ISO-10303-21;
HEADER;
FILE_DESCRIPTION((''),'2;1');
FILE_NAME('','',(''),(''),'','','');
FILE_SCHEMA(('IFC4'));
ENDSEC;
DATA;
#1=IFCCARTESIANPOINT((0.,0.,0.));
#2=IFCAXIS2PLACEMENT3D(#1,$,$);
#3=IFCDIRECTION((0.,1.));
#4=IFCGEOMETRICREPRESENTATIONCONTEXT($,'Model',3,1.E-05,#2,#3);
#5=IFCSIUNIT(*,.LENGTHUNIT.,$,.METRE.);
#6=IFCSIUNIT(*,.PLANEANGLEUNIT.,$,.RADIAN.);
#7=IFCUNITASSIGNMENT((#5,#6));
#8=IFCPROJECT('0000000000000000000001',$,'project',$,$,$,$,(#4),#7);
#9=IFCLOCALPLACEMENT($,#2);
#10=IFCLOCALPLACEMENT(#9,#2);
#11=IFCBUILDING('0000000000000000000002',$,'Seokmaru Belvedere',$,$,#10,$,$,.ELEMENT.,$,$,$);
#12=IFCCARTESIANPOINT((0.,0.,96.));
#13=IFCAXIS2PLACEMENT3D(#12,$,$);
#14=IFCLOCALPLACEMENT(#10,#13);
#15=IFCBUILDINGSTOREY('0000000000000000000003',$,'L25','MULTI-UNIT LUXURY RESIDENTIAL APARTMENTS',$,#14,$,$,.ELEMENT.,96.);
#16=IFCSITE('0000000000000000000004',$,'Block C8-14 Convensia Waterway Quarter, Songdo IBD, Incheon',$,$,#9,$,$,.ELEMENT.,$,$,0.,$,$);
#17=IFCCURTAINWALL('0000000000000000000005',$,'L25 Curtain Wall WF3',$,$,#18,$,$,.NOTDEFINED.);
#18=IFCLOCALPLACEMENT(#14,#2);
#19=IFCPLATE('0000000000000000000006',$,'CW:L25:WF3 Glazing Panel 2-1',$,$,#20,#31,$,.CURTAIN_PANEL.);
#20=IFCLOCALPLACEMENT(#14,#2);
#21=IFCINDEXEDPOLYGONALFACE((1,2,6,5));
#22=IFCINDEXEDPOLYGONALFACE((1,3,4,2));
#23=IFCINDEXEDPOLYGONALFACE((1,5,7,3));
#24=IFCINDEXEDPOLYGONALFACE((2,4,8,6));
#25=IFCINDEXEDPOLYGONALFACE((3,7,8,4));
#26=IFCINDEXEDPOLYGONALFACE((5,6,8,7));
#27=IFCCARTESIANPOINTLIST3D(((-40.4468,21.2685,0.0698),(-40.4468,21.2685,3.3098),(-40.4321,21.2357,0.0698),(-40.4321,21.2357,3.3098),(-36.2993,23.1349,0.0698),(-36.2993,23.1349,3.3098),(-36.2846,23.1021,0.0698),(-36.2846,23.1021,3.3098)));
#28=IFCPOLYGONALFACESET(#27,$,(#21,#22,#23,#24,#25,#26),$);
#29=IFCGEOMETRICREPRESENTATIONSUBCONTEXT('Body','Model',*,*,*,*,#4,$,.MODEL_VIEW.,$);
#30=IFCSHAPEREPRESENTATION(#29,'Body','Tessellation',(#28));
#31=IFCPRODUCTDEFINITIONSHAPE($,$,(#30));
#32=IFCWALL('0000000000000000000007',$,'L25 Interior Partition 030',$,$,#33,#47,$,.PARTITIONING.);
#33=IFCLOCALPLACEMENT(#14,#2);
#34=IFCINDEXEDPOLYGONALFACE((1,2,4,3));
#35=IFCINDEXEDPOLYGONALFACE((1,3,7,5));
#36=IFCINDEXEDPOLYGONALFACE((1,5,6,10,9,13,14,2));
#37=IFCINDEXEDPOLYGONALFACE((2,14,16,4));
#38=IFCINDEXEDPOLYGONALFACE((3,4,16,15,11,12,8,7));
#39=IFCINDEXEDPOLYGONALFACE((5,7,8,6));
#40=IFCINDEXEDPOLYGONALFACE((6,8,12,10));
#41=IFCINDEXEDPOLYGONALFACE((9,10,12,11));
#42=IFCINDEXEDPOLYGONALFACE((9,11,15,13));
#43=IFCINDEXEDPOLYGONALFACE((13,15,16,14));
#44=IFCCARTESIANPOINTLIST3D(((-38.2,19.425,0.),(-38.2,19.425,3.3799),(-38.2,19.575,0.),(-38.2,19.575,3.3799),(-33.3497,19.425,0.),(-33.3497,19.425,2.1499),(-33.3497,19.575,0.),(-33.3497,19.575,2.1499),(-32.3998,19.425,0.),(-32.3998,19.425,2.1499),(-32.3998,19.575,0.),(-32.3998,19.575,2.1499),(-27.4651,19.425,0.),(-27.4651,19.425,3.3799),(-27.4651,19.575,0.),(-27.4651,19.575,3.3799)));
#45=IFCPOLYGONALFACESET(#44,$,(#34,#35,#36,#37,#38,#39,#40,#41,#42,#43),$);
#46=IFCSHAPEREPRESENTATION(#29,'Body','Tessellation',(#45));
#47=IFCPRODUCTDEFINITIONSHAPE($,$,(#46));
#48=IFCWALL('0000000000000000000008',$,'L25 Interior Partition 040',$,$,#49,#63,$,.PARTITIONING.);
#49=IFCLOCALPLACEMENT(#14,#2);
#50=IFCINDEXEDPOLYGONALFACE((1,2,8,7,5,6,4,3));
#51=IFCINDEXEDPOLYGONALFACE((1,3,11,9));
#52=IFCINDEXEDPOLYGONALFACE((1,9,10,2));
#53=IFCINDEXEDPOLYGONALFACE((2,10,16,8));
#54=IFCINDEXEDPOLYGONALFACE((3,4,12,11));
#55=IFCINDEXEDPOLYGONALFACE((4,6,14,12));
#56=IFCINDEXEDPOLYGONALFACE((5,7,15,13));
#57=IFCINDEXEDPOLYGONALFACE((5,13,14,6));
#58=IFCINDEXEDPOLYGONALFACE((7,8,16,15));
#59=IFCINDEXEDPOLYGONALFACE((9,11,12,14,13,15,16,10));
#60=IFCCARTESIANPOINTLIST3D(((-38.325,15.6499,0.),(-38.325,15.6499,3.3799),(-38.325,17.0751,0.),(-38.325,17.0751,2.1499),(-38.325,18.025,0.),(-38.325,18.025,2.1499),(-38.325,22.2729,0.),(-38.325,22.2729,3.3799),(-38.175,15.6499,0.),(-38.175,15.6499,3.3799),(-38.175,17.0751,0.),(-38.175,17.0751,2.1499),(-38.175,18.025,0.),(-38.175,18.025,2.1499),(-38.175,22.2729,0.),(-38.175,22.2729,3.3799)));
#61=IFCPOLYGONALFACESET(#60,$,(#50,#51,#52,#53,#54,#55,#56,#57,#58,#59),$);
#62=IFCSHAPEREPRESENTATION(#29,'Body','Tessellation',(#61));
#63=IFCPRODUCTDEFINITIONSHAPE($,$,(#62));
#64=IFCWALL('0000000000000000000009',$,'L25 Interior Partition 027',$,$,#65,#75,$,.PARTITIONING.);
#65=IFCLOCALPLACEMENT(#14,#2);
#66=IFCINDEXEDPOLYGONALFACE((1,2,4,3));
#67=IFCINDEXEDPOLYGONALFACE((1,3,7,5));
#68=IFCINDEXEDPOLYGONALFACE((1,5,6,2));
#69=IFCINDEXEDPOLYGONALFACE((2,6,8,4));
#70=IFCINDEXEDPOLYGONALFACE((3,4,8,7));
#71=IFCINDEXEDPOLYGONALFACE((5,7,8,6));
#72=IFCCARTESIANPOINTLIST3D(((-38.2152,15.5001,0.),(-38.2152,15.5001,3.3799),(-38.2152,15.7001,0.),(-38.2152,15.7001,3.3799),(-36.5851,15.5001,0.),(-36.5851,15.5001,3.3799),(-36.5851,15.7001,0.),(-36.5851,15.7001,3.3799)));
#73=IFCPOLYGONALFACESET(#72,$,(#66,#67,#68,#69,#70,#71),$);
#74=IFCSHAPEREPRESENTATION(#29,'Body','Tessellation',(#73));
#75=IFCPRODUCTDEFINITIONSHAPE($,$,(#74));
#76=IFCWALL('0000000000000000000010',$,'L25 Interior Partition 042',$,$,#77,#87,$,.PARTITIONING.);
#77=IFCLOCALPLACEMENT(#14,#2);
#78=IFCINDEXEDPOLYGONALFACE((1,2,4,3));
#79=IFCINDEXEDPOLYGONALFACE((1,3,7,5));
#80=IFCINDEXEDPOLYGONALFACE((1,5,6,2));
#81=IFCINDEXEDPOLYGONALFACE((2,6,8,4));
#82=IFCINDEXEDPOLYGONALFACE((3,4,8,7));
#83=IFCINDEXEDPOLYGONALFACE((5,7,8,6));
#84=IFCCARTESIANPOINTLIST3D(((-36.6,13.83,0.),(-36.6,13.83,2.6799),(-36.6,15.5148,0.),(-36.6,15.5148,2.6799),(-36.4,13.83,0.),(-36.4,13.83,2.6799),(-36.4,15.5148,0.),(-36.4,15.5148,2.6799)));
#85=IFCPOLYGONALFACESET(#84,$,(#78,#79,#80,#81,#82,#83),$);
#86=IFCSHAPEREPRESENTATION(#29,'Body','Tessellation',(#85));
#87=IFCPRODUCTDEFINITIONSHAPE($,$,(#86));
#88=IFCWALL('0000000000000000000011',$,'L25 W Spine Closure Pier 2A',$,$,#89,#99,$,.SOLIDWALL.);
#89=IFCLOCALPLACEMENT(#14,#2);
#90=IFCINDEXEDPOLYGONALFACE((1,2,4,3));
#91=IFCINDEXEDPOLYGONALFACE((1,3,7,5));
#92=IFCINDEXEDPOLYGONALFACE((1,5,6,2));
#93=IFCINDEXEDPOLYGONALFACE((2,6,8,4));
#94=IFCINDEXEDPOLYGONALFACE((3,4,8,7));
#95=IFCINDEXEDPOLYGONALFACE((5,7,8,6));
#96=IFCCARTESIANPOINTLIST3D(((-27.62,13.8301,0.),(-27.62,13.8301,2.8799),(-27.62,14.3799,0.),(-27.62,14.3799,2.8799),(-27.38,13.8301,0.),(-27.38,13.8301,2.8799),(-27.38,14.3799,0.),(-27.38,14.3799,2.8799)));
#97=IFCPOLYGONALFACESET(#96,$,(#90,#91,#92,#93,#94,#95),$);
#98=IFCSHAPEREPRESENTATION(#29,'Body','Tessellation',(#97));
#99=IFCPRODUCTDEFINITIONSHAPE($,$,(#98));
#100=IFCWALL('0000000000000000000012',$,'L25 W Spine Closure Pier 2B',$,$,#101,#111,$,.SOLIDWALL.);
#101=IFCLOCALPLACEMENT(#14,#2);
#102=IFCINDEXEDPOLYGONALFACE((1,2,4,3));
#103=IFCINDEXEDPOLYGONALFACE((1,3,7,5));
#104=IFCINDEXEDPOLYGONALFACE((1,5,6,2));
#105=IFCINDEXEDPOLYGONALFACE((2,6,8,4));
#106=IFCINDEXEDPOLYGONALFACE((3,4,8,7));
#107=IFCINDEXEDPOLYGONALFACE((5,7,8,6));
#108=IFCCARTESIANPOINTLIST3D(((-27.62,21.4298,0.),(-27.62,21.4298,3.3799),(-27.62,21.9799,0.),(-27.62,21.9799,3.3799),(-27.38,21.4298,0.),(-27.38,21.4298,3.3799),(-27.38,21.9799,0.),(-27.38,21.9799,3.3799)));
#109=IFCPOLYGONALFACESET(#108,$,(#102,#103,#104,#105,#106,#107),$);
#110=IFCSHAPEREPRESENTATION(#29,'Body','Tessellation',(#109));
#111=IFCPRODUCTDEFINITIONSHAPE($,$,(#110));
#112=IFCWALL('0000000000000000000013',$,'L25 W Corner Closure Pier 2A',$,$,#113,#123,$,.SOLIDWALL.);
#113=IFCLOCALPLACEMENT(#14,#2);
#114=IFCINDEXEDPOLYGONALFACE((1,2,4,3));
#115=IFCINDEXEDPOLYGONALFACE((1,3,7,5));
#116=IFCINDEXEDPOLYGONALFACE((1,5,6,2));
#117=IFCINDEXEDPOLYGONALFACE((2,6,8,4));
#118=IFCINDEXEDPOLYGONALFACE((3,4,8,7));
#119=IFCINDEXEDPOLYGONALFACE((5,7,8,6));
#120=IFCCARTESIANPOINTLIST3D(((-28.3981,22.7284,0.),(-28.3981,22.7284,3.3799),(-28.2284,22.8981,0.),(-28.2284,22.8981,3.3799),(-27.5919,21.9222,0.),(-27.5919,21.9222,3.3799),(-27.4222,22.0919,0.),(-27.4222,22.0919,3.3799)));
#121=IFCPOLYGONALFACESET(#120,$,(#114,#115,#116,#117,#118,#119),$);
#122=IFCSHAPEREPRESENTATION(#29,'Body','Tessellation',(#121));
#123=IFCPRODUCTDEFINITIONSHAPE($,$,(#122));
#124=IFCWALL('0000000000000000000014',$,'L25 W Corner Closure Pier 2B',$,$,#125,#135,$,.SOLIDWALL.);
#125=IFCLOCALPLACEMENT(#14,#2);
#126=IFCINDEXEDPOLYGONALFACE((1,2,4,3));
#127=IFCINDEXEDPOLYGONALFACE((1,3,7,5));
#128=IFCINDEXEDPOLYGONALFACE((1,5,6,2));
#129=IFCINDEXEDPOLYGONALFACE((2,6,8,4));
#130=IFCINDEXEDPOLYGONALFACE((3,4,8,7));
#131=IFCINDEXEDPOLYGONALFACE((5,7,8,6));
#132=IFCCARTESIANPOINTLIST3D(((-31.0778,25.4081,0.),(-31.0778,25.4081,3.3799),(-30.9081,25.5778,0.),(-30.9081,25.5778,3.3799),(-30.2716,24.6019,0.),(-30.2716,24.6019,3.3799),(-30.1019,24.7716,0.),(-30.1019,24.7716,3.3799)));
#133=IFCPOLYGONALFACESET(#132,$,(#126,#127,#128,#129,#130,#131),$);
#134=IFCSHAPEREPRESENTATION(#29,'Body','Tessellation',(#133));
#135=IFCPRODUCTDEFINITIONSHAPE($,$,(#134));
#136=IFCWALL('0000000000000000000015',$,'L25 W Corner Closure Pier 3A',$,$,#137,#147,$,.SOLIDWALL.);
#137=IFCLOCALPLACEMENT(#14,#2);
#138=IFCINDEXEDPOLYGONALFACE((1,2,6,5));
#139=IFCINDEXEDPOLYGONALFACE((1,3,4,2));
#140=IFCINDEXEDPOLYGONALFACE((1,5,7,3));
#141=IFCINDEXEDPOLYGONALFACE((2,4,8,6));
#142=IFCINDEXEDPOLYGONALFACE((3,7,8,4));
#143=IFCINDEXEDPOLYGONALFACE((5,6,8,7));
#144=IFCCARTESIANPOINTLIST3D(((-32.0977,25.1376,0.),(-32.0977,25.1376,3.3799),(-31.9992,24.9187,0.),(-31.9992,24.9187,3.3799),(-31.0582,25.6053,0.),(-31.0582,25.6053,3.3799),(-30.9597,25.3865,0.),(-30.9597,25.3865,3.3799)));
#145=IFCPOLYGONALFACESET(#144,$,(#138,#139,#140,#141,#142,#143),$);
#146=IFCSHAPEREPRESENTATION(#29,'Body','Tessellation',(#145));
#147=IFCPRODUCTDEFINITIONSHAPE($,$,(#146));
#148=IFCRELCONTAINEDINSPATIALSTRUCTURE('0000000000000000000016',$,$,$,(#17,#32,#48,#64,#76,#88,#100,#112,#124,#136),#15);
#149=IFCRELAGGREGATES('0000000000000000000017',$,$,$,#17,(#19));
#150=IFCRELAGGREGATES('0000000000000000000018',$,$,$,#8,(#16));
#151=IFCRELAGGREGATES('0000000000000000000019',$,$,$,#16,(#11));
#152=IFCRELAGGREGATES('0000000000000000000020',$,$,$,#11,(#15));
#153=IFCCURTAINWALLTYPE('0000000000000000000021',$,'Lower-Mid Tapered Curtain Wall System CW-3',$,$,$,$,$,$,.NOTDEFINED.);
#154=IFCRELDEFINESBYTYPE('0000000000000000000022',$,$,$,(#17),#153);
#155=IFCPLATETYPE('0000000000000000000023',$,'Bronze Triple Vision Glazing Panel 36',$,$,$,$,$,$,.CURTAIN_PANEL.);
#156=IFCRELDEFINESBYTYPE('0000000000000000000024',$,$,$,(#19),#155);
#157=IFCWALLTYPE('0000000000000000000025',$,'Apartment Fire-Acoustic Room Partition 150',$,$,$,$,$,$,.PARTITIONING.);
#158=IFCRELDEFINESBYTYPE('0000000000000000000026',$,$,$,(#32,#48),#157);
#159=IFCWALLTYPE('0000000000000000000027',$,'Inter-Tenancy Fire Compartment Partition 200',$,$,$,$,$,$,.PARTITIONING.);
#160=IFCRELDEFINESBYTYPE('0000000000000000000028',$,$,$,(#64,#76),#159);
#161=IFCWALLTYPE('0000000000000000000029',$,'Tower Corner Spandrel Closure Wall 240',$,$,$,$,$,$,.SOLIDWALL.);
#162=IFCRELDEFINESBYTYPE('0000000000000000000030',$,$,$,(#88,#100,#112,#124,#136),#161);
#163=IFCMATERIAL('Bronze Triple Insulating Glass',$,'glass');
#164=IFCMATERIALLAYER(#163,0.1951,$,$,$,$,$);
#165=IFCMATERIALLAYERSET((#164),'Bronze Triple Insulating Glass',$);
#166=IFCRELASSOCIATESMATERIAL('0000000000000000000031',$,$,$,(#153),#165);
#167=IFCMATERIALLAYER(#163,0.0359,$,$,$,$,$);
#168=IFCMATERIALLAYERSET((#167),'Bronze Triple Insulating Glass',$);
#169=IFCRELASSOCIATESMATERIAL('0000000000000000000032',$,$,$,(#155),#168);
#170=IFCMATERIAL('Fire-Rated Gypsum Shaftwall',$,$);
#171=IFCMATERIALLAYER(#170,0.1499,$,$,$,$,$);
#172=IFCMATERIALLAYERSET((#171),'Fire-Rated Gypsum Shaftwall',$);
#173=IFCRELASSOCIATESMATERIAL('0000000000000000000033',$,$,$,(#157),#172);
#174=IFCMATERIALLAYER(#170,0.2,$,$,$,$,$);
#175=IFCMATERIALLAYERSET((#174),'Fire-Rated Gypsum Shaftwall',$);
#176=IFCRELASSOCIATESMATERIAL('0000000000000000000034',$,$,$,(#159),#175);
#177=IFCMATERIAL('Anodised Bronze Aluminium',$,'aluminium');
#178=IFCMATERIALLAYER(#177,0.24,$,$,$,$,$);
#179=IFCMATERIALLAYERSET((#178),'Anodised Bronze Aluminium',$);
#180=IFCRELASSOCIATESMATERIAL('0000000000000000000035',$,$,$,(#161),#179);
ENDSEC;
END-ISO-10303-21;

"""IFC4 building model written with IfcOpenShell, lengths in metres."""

from ifc_helpers import new_model, si_unit, direction, frame, frame_2d, origin, origin_2d, place, context, subcontext, project, spatial, rectangle, extrude, source, transform, mapped, material, layer, layer_set, type_object, element, aggregate, save


model = new_model("IFC4")

# Units and contexts
model_context = context("Model", 3, precision=1e-05, world=origin(), true_north=direction((0.0, 1.0)))
body_context = subcontext(model_context, "Body", "Model", "MODEL_VIEW")
ifc_project = project(units=[si_unit("LENGTHUNIT", "METRE"), si_unit("PLANEANGLEUNIT", "RADIAN")], contexts=[model_context])

# Site, building, storey
site_placement = place(None, origin())
site = spatial("IfcSite", under=ifc_project, at=site_placement, Name="Block C8-14 Convensia Waterway Quarter, Songdo IBD, Incheon", CompositionType="ELEMENT", RefElevation=0.0)
building_placement = place(site_placement, origin())
building = spatial("IfcBuilding", under=site, at=building_placement, Name="Seokmaru Belvedere", CompositionType="ELEMENT")
storey_placement = place(building_placement, frame((0.0, 0.0, 96.0)))
storey = spatial("IfcBuildingStorey", under=building, at=storey_placement, Name="L25", Description="MULTI-UNIT LUXURY RESIDENTIAL APARTMENTS", CompositionType="ELEMENT", Elevation=96.0)

# Shared definitions
ifc_material_1 = material(Name="Bronze Triple Insulating Glass", Category="glass")
ifc_layer_1 = layer(ifc_material_1, 0.1951)
ifc_layer_set_1 = layer_set([ifc_layer_1], Name="Bronze Triple Insulating Glass")
curtain_wall_type = type_object("IfcCurtainWallType", Name="Lower-Mid Tapered Curtain Wall System CW-3", PredefinedType="NOTDEFINED", material=ifc_layer_set_1)
ifc_material_2 = material(Name="Anodised Bronze Aluminium", Category="aluminium")

# Curtain wall
curtain_wall_1_placement = place(storey_placement, origin())
curtain_wall_1 = element("IfcCurtainWall", 1, at=curtain_wall_1_placement, inside=storey, type_object=curtain_wall_type, Name="L25 Curtain Wall WF3", PredefinedType="NOTDEFINED")

# Plate
ifc_layer_2 = layer(ifc_material_1, 0.0359)
ifc_layer_set_2 = layer_set([ifc_layer_2], Name="Bronze Triple Insulating Glass")
plate_type = type_object("IfcPlateType", Name="Bronze Triple Vision Glazing Panel 36", PredefinedType="CURTAIN_PANEL", material=ifc_layer_set_2)
shared_shape_1 = source(origin(), body_context, "Body", "SweptSolid", [
    extrude(rectangle(XDim=4.5481, YDim=0.0359, at=origin_2d()), origin(), (0.0, 0.0, 1.0), 3.24),
])
plate_1_placement = place(storey_placement, frame((-38.3657, 22.1853, 0.0698), z_axis=(0.0, 0.0, 1.0), x_axis=(-0.911921, -0.410366, 0.0)))
plate_1 = element("IfcPlate", 2, at=plate_1_placement, type_object=plate_type, Name="CW:L25:WF3 Glazing Panel 2-1", PredefinedType="CURTAIN_PANEL", context=body_context, shape_type="MappedRepresentation", body=[
    mapped(shared_shape_1, transform((0.0, 0.0, 0.0), scale=1.0)),
])
aggregate(curtain_wall_1, [plate_1])

# Walls, openings
ifc_material_3 = material(Name="Fire-Rated Gypsum Shaftwall")
ifc_layer_3 = layer(ifc_material_3, 0.1499)
ifc_layer_set_3 = layer_set([ifc_layer_3], Name="Fire-Rated Gypsum Shaftwall")
wall_type_1 = type_object("IfcWallType", Name="Apartment Fire-Acoustic Room Partition 150", PredefinedType="PARTITIONING", material=ifc_layer_set_3)
wall_1_placement = place(storey_placement, frame((-38.2, 19.5, 0.0), z_axis=(0.0, 0.0, 1.0), x_axis=(1.0, 0.0, 0.0)))
wall_1 = element("IfcWall", 3, at=wall_1_placement, inside=storey, type_object=wall_type_1, Name="L25 Interior Partition 030", PredefinedType="PARTITIONING", context=body_context, shape_type="SweptSolid", body=[
    extrude(rectangle(XDim=10.7349, YDim=0.1499, at=frame_2d((5.3674, 0.0))), origin(), (0.0, 0.0, 1.0), 3.3799),
])
opening_1_placement = place(wall_1_placement, frame((4.8501, 0.0, 0.0)))
element("IfcOpeningElement", 4, at=opening_1_placement, cuts=wall_1, PredefinedType="OPENING", context=body_context, shape_type="SweptSolid", body=[
    extrude(rectangle(XDim=0.95, YDim=2.1499, at=frame_2d((0.4751, 1.075))), frame((0.0, 0.085, 0.0), z_axis=(0.0, -1.0, 0.0), x_axis=(1.0, 0.0, 0.0)), (0.0, 0.0, 1.0), 0.1699),
])
wall_2_placement = place(storey_placement, frame((-38.25, 15.6499, 0.0), z_axis=(0.0, 0.0, 1.0), x_axis=(0.0, 1.0, 0.0)))
wall_2 = element("IfcWall", 5, at=wall_2_placement, inside=storey, type_object=wall_type_1, Name="L25 Interior Partition 040", PredefinedType="PARTITIONING", context=body_context, shape_type="SweptSolid", body=[
    extrude(rectangle(XDim=6.623, YDim=0.1499, at=frame_2d((3.3115, 0.0))), origin(), (0.0, 0.0, 1.0), 3.3799),
])
opening_2_placement = place(wall_2_placement, frame((1.425, 0.0, 0.0)))
element("IfcOpeningElement", 6, at=opening_2_placement, cuts=wall_2, PredefinedType="OPENING", context=body_context, shape_type="SweptSolid", body=[
    extrude(rectangle(XDim=0.95, YDim=2.1499, at=frame_2d((0.4751, 1.075))), frame((0.0, 0.085, 0.0), z_axis=(0.0, -1.0, 0.0), x_axis=(1.0, 0.0, 0.0)), (0.0, 0.0, 1.0), 0.1699),
])

# Walls
ifc_layer_4 = layer(ifc_material_3, 0.2)
ifc_layer_set_4 = layer_set([ifc_layer_4], Name="Fire-Rated Gypsum Shaftwall")
wall_type_2 = type_object("IfcWallType", Name="Inter-Tenancy Fire Compartment Partition 200", PredefinedType="PARTITIONING", material=ifc_layer_set_4)
wall_3_placement = place(storey_placement, frame((-38.2151, 15.6001, 0.0), z_axis=(0.0, 0.0, 1.0), x_axis=(1.0, 0.0, 0.0)))
element("IfcWall", 7, at=wall_3_placement, inside=storey, type_object=wall_type_2, Name="L25 Interior Partition 027", PredefinedType="PARTITIONING", context=body_context, shape_type="SweptSolid", body=[
    extrude(rectangle(XDim=1.6301, YDim=0.2, at=frame_2d((0.8149, 0.0))), origin(), (0.0, 0.0, 1.0), 3.3799),
])
wall_4_placement = place(storey_placement, frame((-36.5, 13.8301, 0.0), z_axis=(0.0, 0.0, 1.0), x_axis=(0.0, 1.0, 0.0)))
element("IfcWall", 8, at=wall_4_placement, inside=storey, type_object=wall_type_2, Name="L25 Interior Partition 042", PredefinedType="PARTITIONING", context=body_context, shape_type="SweptSolid", body=[
    extrude(rectangle(XDim=1.6848, YDim=0.2, at=frame_2d((0.8423, 0.0))), origin(), (0.0, 0.0, 1.0), 2.6799),
])
ifc_layer_5 = layer(ifc_material_2, 0.24)
ifc_layer_set_5 = layer_set([ifc_layer_5], Name="Anodised Bronze Aluminium")
wall_type_3 = type_object("IfcWallType", Name="Tower Corner Spandrel Closure Wall 240", PredefinedType="SOLIDWALL", material=ifc_layer_set_5)
wall_5_placement = place(storey_placement, frame((-27.5, 13.8301, 0.0), z_axis=(0.0, 0.0, 1.0), x_axis=(0.0, 1.0, 0.0)))
element("IfcWall", 9, at=wall_5_placement, inside=storey, type_object=wall_type_3, Name="L25 W Spine Closure Pier 2A", PredefinedType="SOLIDWALL", context=body_context, shape_type="SweptSolid", body=[
    extrude(rectangle(XDim=0.5498, YDim=0.24, at=frame_2d((0.2749, 0.0))), origin(), (0.0, 0.0, 1.0), 2.8799),
])
wall_6_placement = place(storey_placement, frame((-27.5, 21.4299, 0.0), z_axis=(0.0, 0.0, 1.0), x_axis=(0.0, 1.0, 0.0)))
element("IfcWall", 10, at=wall_6_placement, inside=storey, type_object=wall_type_3, Name="L25 W Spine Closure Pier 2B", PredefinedType="SOLIDWALL", context=body_context, shape_type="SweptSolid", body=[
    extrude(rectangle(XDim=0.55, YDim=0.24, at=frame_2d((0.2749, 0.0))), origin(), (0.0, 0.0, 1.0), 3.3799),
])
for number, where, z_axis, x_axis, name in (
    (11, (-27.5071, 22.0071, 0.0), (0.0, 0.0, 1.0), (-0.707107, 0.707107, 0.0), "L25 W Corner Closure Pier 2A"),
    (12, (-30.1868, 24.6868, 0.0), (0.0, 0.0, 1.0), (-0.707107, 0.707107, 0.0), "L25 W Corner Closure Pier 2B"),
):
    element("IfcWall", number, at=place(storey_placement, frame(where, z_axis=z_axis, x_axis=x_axis)), inside=storey, type_object=wall_type_3, Name=name, PredefinedType="SOLIDWALL", context=body_context, shape_type="SweptSolid", body=[
        extrude(rectangle(XDim=1.1401, YDim=0.24, at=frame_2d((0.5701, 0.0))), origin(), (0.0, 0.0, 1.0), 3.3799),
    ])
wall_7_placement = place(storey_placement, frame((-31.009, 25.4958, 0.0), z_axis=(0.0, 0.0, 1.0), x_axis=(-0.91193, -0.410347, 0.0)))
element("IfcWall", 13, at=wall_7_placement, inside=storey, type_object=wall_type_3, Name="L25 W Corner Closure Pier 3A", PredefinedType="SOLIDWALL", context=body_context, shape_type="SweptSolid", body=[
    extrude(rectangle(XDim=1.1399, YDim=0.24, at=frame_2d((0.5698, 0.0))), origin(), (0.0, 0.0, 1.0), 3.3799),
])

save(model, "model.ifc")
